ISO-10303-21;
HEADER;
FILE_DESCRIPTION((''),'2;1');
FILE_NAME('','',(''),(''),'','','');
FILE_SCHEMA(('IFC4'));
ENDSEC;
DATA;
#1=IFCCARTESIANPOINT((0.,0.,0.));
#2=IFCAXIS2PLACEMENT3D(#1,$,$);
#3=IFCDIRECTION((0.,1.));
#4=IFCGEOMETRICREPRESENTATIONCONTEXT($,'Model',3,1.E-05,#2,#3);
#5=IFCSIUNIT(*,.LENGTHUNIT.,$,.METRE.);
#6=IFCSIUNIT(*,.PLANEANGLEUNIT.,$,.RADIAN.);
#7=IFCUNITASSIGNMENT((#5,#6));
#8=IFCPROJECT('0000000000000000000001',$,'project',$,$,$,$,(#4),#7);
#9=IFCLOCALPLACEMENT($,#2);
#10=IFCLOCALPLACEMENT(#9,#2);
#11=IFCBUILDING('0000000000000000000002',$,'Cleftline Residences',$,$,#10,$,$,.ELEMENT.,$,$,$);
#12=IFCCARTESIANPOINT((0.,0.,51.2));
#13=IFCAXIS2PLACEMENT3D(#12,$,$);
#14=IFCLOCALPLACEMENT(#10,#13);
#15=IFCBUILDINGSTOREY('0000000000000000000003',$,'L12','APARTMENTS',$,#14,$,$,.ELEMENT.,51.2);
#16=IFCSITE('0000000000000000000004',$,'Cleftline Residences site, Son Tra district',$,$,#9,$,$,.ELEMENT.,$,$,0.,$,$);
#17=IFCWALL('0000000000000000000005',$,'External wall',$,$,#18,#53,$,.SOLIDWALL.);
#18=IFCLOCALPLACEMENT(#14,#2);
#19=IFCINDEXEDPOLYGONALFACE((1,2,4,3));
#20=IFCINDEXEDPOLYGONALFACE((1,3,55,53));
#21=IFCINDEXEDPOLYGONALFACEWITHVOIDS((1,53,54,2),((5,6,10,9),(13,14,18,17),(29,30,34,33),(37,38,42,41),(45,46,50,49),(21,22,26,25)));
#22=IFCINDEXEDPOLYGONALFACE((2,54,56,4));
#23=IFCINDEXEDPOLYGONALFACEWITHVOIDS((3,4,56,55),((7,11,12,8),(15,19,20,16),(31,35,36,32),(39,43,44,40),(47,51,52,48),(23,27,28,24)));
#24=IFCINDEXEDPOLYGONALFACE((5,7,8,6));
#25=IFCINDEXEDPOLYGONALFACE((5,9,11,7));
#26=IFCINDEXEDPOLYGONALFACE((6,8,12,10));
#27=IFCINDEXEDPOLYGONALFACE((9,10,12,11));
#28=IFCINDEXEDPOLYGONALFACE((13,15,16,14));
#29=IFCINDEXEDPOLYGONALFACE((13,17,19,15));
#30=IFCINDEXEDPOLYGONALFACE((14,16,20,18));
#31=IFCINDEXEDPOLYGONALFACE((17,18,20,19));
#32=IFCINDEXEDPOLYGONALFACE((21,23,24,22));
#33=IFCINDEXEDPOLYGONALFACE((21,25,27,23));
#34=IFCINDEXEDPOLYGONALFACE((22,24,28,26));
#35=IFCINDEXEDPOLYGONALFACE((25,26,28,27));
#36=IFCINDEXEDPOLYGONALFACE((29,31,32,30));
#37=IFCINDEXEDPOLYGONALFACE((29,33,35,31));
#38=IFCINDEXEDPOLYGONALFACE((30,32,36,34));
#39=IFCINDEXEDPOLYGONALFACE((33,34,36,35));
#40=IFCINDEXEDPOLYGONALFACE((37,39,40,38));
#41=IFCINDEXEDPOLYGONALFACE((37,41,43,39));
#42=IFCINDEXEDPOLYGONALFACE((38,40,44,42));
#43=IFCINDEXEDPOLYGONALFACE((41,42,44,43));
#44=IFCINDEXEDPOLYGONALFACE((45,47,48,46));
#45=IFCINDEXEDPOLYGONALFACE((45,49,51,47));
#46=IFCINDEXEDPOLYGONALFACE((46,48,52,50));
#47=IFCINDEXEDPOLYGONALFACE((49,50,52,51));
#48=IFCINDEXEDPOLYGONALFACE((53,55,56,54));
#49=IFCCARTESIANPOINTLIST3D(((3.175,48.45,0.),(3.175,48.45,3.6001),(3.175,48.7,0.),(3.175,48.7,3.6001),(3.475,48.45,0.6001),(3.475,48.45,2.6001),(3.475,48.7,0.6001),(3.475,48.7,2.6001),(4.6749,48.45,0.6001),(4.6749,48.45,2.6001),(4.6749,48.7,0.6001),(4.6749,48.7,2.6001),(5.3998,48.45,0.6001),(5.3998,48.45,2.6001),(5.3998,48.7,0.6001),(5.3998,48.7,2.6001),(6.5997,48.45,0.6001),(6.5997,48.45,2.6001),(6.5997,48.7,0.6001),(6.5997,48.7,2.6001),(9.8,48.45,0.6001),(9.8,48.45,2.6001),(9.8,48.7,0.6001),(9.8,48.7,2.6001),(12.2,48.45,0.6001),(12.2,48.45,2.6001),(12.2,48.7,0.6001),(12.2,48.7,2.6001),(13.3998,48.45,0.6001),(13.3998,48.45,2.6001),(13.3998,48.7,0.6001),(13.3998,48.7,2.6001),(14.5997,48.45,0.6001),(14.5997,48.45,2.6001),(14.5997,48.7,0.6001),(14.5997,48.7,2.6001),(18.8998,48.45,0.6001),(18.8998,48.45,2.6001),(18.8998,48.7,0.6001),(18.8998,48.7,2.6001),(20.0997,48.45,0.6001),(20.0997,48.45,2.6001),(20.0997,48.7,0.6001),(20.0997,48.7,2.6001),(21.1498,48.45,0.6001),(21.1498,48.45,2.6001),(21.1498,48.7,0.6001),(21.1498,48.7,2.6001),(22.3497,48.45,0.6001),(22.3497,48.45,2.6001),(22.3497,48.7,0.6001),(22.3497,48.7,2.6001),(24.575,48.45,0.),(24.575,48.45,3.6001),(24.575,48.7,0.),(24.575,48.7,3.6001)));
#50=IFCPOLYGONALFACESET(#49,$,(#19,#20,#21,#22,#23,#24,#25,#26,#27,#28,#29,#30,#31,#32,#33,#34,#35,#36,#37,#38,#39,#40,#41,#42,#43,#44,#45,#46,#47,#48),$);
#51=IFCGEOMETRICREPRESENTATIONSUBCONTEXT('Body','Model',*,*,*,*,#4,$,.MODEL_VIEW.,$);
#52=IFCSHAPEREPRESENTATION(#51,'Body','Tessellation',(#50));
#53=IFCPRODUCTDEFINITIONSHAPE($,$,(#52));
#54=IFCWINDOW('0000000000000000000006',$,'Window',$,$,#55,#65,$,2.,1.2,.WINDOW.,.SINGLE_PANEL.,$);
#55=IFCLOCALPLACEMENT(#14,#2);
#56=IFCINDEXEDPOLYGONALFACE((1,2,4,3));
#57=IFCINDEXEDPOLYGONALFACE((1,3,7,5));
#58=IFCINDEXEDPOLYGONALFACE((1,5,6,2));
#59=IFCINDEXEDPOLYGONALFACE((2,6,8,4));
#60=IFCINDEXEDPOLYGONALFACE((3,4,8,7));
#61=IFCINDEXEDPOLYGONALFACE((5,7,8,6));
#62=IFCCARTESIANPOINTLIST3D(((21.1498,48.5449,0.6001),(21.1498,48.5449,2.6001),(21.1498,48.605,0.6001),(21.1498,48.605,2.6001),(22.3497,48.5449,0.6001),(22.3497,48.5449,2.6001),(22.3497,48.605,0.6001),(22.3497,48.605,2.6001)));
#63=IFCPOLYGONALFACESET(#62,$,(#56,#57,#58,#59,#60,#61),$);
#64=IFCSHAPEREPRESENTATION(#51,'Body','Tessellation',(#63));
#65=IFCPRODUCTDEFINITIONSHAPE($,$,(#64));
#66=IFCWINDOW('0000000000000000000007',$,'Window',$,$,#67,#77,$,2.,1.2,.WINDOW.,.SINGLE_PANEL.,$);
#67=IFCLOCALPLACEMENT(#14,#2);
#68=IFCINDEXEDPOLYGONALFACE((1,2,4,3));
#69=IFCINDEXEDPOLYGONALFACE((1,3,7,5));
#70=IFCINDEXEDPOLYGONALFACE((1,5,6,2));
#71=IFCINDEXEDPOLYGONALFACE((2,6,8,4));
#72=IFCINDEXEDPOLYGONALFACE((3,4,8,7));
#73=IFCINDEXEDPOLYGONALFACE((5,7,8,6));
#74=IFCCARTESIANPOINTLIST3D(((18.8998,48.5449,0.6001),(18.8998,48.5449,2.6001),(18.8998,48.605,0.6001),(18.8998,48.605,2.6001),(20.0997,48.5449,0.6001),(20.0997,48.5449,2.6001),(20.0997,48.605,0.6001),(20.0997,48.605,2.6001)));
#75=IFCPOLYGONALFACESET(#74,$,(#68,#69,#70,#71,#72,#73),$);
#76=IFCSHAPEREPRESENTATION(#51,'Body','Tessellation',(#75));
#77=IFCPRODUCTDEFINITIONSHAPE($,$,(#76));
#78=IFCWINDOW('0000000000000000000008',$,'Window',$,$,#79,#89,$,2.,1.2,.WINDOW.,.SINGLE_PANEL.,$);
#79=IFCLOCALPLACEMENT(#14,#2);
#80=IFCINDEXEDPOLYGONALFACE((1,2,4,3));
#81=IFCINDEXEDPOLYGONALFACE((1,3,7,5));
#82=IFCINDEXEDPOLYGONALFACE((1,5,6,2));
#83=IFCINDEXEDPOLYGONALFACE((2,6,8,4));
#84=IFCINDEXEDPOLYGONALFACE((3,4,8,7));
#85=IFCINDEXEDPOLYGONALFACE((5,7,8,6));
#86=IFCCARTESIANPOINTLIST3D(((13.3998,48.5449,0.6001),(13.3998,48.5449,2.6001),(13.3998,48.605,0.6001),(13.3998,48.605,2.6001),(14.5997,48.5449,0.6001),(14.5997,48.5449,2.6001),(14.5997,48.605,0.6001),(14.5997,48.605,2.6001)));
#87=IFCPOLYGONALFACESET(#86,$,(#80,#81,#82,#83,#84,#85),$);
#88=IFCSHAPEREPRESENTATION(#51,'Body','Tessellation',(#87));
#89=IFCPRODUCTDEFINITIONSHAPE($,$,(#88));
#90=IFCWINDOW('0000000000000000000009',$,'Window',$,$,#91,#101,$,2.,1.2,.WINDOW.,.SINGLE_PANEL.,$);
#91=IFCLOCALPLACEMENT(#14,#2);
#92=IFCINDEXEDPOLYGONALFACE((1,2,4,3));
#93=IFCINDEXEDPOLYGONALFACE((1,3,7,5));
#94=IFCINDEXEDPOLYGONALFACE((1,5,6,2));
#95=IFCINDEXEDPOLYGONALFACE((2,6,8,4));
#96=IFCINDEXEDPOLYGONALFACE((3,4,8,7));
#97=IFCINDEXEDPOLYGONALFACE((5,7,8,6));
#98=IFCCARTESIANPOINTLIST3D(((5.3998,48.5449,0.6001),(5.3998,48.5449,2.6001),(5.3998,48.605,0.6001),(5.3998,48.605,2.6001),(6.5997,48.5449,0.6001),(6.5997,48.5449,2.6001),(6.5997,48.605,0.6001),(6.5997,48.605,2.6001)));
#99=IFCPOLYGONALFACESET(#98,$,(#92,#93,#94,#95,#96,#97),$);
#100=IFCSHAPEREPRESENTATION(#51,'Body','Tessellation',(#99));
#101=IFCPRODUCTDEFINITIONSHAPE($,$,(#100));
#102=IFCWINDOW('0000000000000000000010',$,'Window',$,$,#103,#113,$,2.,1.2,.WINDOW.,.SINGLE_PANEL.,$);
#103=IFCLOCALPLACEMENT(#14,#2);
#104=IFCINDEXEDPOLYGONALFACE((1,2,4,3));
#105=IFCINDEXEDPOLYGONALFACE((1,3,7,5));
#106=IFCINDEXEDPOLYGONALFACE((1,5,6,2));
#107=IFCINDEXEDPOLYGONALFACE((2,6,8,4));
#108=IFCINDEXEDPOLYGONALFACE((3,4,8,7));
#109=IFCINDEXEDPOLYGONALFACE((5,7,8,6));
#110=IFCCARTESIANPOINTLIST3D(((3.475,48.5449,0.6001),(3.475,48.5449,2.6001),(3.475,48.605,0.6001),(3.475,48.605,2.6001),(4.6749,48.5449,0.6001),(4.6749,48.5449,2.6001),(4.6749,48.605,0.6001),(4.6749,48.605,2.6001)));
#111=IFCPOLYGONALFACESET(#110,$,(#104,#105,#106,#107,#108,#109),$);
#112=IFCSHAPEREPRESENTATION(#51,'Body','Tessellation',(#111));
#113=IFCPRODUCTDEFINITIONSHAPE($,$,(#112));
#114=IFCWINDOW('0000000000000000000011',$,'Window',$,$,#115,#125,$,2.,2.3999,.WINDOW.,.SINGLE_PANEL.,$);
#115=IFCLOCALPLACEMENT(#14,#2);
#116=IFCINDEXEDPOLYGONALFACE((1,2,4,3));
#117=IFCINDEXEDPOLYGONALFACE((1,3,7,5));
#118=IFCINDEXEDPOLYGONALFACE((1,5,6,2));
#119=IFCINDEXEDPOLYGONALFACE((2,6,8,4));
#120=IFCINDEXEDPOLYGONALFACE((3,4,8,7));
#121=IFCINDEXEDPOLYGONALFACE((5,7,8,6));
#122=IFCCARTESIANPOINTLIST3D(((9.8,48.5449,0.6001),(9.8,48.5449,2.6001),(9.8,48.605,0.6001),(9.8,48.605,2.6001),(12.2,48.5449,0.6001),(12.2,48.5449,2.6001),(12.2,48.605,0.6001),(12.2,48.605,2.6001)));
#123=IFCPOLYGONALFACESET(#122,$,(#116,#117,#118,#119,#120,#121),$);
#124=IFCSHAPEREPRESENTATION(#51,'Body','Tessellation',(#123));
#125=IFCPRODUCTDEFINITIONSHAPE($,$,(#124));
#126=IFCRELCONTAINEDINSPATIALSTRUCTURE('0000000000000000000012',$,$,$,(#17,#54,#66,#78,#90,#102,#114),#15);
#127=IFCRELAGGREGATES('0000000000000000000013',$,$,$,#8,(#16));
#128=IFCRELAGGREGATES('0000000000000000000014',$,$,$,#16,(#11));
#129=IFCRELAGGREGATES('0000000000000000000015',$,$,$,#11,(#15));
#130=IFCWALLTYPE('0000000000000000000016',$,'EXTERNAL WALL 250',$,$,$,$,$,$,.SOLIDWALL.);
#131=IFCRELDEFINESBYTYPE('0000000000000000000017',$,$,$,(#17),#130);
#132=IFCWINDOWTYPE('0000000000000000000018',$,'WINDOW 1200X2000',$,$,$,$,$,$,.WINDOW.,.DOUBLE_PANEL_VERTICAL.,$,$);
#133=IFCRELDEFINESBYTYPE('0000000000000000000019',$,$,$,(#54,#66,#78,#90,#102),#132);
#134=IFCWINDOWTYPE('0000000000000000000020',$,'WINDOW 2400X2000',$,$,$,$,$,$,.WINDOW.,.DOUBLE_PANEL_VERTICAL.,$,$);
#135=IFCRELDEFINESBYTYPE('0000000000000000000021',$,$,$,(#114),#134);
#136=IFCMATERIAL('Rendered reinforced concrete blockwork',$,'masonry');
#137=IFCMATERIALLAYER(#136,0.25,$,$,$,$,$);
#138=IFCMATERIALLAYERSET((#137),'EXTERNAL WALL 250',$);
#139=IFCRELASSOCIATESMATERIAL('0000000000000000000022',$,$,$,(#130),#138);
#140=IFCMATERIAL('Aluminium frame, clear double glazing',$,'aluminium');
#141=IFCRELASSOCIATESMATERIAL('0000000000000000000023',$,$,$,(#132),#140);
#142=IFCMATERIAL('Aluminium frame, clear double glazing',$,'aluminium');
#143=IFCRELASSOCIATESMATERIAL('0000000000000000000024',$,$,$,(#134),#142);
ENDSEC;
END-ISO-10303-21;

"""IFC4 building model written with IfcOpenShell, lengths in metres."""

from ifc_helpers import new_model, si_unit, direction, frame, frame_2d, origin, place, context, subcontext, project, spatial, rectangle, extrude, material, layer, layer_set, type_object, element, fill, save


model = new_model("IFC4")

# Units and contexts
model_context = context("Model", 3, precision=1e-05, world=origin(), true_north=direction((0.0, 1.0)))
body_context = subcontext(model_context, "Body", "Model", "MODEL_VIEW")
ifc_project = project(units=[si_unit("LENGTHUNIT", "METRE"), si_unit("PLANEANGLEUNIT", "RADIAN")], contexts=[model_context])

# Site, building, storey
site_placement = place(None, origin())
site = spatial("IfcSite", under=ifc_project, at=site_placement, Name="Cleftline Residences site, Son Tra district", CompositionType="ELEMENT", RefElevation=0.0)
building_placement = place(site_placement, origin())
building = spatial("IfcBuilding", under=site, at=building_placement, Name="Cleftline Residences", CompositionType="ELEMENT")
storey_placement = place(building_placement, frame((0.0, 0.0, 51.2)))
storey = spatial("IfcBuildingStorey", under=building, at=storey_placement, Name="L12", Description="APARTMENTS", CompositionType="ELEMENT", Elevation=51.2)

# Wall, openings, windows
ifc_material_1 = material(Name="Rendered reinforced concrete blockwork", Category="masonry")
ifc_layer_1 = layer(ifc_material_1, 0.25)
ifc_layer_set_1 = layer_set([ifc_layer_1], Name="EXTERNAL WALL 250")
wall_type = type_object("IfcWallType", Name="EXTERNAL WALL 250", PredefinedType="SOLIDWALL", material=ifc_layer_set_1)
wall_placement = place(storey_placement, frame((24.575, 48.575, 0.0), z_axis=(0.0, 0.0, 1.0), x_axis=(-1.0, 0.0, 0.0)))
wall = element("IfcWall", 1, at=wall_placement, inside=storey, type_object=wall_type, Name="External wall", PredefinedType="SOLIDWALL", context=body_context, shape_type="SweptSolid", body=[
    extrude(rectangle(XDim=21.3999, YDim=0.25, at=frame_2d((10.7, 0.0))), origin(), (0.0, 0.0, 1.0), 3.6001),
])
opening_1_placement = place(wall_placement, frame((2.2251, 0.0, 0.6001)))
opening_1 = element("IfcOpeningElement", 2, at=opening_1_placement, cuts=wall, PredefinedType="OPENING", context=body_context, shape_type="SweptSolid", body=[
    extrude(rectangle(XDim=1.2, YDim=2.0, at=frame_2d((0.6001, 1.0))), frame((0.0, 0.135, 0.0), z_axis=(0.0, -1.0, 0.0), x_axis=(1.0, 0.0, 0.0)), (0.0, 0.0, 1.0), 0.27),
])
opening_2_placement = place(wall_placement, frame((4.4751, 0.0, 0.6001)))
opening_2 = element("IfcOpeningElement", 3, at=opening_2_placement, cuts=wall, PredefinedType="OPENING", context=body_context, shape_type="SweptSolid", body=[
    extrude(rectangle(XDim=1.2, YDim=2.0, at=frame_2d((0.6001, 1.0))), frame((0.0, 0.135, 0.0), z_axis=(0.0, -1.0, 0.0), x_axis=(1.0, 0.0, 0.0)), (0.0, 0.0, 1.0), 0.27),
])
opening_3_placement = place(wall_placement, frame((9.9751, 0.0, 0.6001)))
opening_3 = element("IfcOpeningElement", 4, at=opening_3_placement, cuts=wall, PredefinedType="OPENING", context=body_context, shape_type="SweptSolid", body=[
    extrude(rectangle(XDim=1.2, YDim=2.0, at=frame_2d((0.6001, 1.0))), frame((0.0, 0.135, 0.0), z_axis=(0.0, -1.0, 0.0), x_axis=(1.0, 0.0, 0.0)), (0.0, 0.0, 1.0), 0.27),
])
opening_4_placement = place(wall_placement, frame((12.375, 0.0, 0.6001)))
opening_4 = element("IfcOpeningElement", 5, at=opening_4_placement, cuts=wall, PredefinedType="OPENING", context=body_context, shape_type="SweptSolid", body=[
    extrude(rectangle(XDim=2.3999, YDim=2.0, at=frame_2d((1.2, 1.0))), frame((0.0, 0.135, 0.0), z_axis=(0.0, -1.0, 0.0), x_axis=(1.0, 0.0, 0.0)), (0.0, 0.0, 1.0), 0.27),
])
opening_5_placement = place(wall_placement, frame((17.9751, 0.0, 0.6001)))
opening_5 = element("IfcOpeningElement", 6, at=opening_5_placement, cuts=wall, PredefinedType="OPENING", context=body_context, shape_type="SweptSolid", body=[
    extrude(rectangle(XDim=1.2, YDim=2.0, at=frame_2d((0.6001, 1.0))), frame((0.0, 0.135, 0.0), z_axis=(0.0, -1.0, 0.0), x_axis=(1.0, 0.0, 0.0)), (0.0, 0.0, 1.0), 0.27),
])
opening_6_placement = place(wall_placement, frame((19.8999, 0.0, 0.6001)))
opening_6 = element("IfcOpeningElement", 7, at=opening_6_placement, cuts=wall, PredefinedType="OPENING", context=body_context, shape_type="SweptSolid", body=[
    extrude(rectangle(XDim=1.2, YDim=2.0, at=frame_2d((0.6001, 1.0))), frame((0.0, 0.135, 0.0), z_axis=(0.0, -1.0, 0.0), x_axis=(1.0, 0.0, 0.0)), (0.0, 0.0, 1.0), 0.27),
])
ifc_material_2 = material(Name="Aluminium frame, clear double glazing", Category="aluminium")
window_type_1 = type_object("IfcWindowType", Name="WINDOW 1200X2000", PartitioningType="DOUBLE_PANEL_VERTICAL", PredefinedType="WINDOW", material=ifc_material_2)
window_1_placement = place(opening_1_placement, origin())
window_1 = element("IfcWindow", 8, at=window_1_placement, inside=storey, type_object=window_type_1, Name="Window", OverallHeight=2.0, OverallWidth=1.2, PartitioningType="SINGLE_PANEL", PredefinedType="WINDOW", context=body_context, shape_type="SweptSolid", body=[
    extrude(rectangle(XDim=1.2, YDim=2.0, at=frame_2d((0.6001, 1.0))), frame((0.0, 0.03, 0.0), z_axis=(0.0, -1.0, 0.0), x_axis=(1.0, 0.0, 0.0)), (0.0, 0.0, 1.0), 0.0601),
])
fill(opening_1, window_1)
window_2_placement = place(opening_2_placement, origin())
window_2 = element("IfcWindow", 9, at=window_2_placement, inside=storey, type_object=window_type_1, Name="Window", OverallHeight=2.0, OverallWidth=1.2, PartitioningType="SINGLE_PANEL", PredefinedType="WINDOW", context=body_context, shape_type="SweptSolid", body=[
    extrude(rectangle(XDim=1.2, YDim=2.0, at=frame_2d((0.6001, 1.0))), frame((0.0, 0.03, 0.0), z_axis=(0.0, -1.0, 0.0), x_axis=(1.0, 0.0, 0.0)), (0.0, 0.0, 1.0), 0.0601),
])
fill(opening_2, window_2)
window_3_placement = place(opening_3_placement, origin())
window_3 = element("IfcWindow", 10, at=window_3_placement, inside=storey, type_object=window_type_1, Name="Window", OverallHeight=2.0, OverallWidth=1.2, PartitioningType="SINGLE_PANEL", PredefinedType="WINDOW", context=body_context, shape_type="SweptSolid", body=[
    extrude(rectangle(XDim=1.2, YDim=2.0, at=frame_2d((0.6001, 1.0))), frame((0.0, 0.03, 0.0), z_axis=(0.0, -1.0, 0.0), x_axis=(1.0, 0.0, 0.0)), (0.0, 0.0, 1.0), 0.0601),
])
fill(opening_3, window_3)
window_4_placement = place(opening_5_placement, origin())
window_4 = element("IfcWindow", 11, at=window_4_placement, inside=storey, type_object=window_type_1, Name="Window", OverallHeight=2.0, OverallWidth=1.2, PartitioningType="SINGLE_PANEL", PredefinedType="WINDOW", context=body_context, shape_type="SweptSolid", body=[
    extrude(rectangle(XDim=1.2, YDim=2.0, at=frame_2d((0.6001, 1.0))), frame((0.0, 0.03, 0.0), z_axis=(0.0, -1.0, 0.0), x_axis=(1.0, 0.0, 0.0)), (0.0, 0.0, 1.0), 0.0601),
])
fill(opening_5, window_4)
window_5_placement = place(opening_6_placement, origin())
window_5 = element("IfcWindow", 12, at=window_5_placement, inside=storey, type_object=window_type_1, Name="Window", OverallHeight=2.0, OverallWidth=1.2, PartitioningType="SINGLE_PANEL", PredefinedType="WINDOW", context=body_context, shape_type="SweptSolid", body=[
    extrude(rectangle(XDim=1.2, YDim=2.0, at=frame_2d((0.6001, 1.0))), frame((0.0, 0.03, 0.0), z_axis=(0.0, -1.0, 0.0), x_axis=(1.0, 0.0, 0.0)), (0.0, 0.0, 1.0), 0.0601),
])
fill(opening_6, window_5)
ifc_material_3 = material(Name="Aluminium frame, clear double glazing", Category="aluminium")
window_type_2 = type_object("IfcWindowType", Name="WINDOW 2400X2000", PartitioningType="DOUBLE_PANEL_VERTICAL", PredefinedType="WINDOW", material=ifc_material_3)
window_6_placement = place(opening_4_placement, origin())
window_6 = element("IfcWindow", 13, at=window_6_placement, inside=storey, type_object=window_type_2, Name="Window", OverallHeight=2.0, OverallWidth=2.3999, PartitioningType="SINGLE_PANEL", PredefinedType="WINDOW", context=body_context, shape_type="SweptSolid", body=[
    extrude(rectangle(XDim=2.3999, YDim=2.0, at=frame_2d((1.2, 1.0))), frame((0.0, 0.03, 0.0), z_axis=(0.0, -1.0, 0.0), x_axis=(1.0, 0.0, 0.0)), (0.0, 0.0, 1.0), 0.0601),
])
fill(opening_4, window_6)

save(model, "model.ifc")
